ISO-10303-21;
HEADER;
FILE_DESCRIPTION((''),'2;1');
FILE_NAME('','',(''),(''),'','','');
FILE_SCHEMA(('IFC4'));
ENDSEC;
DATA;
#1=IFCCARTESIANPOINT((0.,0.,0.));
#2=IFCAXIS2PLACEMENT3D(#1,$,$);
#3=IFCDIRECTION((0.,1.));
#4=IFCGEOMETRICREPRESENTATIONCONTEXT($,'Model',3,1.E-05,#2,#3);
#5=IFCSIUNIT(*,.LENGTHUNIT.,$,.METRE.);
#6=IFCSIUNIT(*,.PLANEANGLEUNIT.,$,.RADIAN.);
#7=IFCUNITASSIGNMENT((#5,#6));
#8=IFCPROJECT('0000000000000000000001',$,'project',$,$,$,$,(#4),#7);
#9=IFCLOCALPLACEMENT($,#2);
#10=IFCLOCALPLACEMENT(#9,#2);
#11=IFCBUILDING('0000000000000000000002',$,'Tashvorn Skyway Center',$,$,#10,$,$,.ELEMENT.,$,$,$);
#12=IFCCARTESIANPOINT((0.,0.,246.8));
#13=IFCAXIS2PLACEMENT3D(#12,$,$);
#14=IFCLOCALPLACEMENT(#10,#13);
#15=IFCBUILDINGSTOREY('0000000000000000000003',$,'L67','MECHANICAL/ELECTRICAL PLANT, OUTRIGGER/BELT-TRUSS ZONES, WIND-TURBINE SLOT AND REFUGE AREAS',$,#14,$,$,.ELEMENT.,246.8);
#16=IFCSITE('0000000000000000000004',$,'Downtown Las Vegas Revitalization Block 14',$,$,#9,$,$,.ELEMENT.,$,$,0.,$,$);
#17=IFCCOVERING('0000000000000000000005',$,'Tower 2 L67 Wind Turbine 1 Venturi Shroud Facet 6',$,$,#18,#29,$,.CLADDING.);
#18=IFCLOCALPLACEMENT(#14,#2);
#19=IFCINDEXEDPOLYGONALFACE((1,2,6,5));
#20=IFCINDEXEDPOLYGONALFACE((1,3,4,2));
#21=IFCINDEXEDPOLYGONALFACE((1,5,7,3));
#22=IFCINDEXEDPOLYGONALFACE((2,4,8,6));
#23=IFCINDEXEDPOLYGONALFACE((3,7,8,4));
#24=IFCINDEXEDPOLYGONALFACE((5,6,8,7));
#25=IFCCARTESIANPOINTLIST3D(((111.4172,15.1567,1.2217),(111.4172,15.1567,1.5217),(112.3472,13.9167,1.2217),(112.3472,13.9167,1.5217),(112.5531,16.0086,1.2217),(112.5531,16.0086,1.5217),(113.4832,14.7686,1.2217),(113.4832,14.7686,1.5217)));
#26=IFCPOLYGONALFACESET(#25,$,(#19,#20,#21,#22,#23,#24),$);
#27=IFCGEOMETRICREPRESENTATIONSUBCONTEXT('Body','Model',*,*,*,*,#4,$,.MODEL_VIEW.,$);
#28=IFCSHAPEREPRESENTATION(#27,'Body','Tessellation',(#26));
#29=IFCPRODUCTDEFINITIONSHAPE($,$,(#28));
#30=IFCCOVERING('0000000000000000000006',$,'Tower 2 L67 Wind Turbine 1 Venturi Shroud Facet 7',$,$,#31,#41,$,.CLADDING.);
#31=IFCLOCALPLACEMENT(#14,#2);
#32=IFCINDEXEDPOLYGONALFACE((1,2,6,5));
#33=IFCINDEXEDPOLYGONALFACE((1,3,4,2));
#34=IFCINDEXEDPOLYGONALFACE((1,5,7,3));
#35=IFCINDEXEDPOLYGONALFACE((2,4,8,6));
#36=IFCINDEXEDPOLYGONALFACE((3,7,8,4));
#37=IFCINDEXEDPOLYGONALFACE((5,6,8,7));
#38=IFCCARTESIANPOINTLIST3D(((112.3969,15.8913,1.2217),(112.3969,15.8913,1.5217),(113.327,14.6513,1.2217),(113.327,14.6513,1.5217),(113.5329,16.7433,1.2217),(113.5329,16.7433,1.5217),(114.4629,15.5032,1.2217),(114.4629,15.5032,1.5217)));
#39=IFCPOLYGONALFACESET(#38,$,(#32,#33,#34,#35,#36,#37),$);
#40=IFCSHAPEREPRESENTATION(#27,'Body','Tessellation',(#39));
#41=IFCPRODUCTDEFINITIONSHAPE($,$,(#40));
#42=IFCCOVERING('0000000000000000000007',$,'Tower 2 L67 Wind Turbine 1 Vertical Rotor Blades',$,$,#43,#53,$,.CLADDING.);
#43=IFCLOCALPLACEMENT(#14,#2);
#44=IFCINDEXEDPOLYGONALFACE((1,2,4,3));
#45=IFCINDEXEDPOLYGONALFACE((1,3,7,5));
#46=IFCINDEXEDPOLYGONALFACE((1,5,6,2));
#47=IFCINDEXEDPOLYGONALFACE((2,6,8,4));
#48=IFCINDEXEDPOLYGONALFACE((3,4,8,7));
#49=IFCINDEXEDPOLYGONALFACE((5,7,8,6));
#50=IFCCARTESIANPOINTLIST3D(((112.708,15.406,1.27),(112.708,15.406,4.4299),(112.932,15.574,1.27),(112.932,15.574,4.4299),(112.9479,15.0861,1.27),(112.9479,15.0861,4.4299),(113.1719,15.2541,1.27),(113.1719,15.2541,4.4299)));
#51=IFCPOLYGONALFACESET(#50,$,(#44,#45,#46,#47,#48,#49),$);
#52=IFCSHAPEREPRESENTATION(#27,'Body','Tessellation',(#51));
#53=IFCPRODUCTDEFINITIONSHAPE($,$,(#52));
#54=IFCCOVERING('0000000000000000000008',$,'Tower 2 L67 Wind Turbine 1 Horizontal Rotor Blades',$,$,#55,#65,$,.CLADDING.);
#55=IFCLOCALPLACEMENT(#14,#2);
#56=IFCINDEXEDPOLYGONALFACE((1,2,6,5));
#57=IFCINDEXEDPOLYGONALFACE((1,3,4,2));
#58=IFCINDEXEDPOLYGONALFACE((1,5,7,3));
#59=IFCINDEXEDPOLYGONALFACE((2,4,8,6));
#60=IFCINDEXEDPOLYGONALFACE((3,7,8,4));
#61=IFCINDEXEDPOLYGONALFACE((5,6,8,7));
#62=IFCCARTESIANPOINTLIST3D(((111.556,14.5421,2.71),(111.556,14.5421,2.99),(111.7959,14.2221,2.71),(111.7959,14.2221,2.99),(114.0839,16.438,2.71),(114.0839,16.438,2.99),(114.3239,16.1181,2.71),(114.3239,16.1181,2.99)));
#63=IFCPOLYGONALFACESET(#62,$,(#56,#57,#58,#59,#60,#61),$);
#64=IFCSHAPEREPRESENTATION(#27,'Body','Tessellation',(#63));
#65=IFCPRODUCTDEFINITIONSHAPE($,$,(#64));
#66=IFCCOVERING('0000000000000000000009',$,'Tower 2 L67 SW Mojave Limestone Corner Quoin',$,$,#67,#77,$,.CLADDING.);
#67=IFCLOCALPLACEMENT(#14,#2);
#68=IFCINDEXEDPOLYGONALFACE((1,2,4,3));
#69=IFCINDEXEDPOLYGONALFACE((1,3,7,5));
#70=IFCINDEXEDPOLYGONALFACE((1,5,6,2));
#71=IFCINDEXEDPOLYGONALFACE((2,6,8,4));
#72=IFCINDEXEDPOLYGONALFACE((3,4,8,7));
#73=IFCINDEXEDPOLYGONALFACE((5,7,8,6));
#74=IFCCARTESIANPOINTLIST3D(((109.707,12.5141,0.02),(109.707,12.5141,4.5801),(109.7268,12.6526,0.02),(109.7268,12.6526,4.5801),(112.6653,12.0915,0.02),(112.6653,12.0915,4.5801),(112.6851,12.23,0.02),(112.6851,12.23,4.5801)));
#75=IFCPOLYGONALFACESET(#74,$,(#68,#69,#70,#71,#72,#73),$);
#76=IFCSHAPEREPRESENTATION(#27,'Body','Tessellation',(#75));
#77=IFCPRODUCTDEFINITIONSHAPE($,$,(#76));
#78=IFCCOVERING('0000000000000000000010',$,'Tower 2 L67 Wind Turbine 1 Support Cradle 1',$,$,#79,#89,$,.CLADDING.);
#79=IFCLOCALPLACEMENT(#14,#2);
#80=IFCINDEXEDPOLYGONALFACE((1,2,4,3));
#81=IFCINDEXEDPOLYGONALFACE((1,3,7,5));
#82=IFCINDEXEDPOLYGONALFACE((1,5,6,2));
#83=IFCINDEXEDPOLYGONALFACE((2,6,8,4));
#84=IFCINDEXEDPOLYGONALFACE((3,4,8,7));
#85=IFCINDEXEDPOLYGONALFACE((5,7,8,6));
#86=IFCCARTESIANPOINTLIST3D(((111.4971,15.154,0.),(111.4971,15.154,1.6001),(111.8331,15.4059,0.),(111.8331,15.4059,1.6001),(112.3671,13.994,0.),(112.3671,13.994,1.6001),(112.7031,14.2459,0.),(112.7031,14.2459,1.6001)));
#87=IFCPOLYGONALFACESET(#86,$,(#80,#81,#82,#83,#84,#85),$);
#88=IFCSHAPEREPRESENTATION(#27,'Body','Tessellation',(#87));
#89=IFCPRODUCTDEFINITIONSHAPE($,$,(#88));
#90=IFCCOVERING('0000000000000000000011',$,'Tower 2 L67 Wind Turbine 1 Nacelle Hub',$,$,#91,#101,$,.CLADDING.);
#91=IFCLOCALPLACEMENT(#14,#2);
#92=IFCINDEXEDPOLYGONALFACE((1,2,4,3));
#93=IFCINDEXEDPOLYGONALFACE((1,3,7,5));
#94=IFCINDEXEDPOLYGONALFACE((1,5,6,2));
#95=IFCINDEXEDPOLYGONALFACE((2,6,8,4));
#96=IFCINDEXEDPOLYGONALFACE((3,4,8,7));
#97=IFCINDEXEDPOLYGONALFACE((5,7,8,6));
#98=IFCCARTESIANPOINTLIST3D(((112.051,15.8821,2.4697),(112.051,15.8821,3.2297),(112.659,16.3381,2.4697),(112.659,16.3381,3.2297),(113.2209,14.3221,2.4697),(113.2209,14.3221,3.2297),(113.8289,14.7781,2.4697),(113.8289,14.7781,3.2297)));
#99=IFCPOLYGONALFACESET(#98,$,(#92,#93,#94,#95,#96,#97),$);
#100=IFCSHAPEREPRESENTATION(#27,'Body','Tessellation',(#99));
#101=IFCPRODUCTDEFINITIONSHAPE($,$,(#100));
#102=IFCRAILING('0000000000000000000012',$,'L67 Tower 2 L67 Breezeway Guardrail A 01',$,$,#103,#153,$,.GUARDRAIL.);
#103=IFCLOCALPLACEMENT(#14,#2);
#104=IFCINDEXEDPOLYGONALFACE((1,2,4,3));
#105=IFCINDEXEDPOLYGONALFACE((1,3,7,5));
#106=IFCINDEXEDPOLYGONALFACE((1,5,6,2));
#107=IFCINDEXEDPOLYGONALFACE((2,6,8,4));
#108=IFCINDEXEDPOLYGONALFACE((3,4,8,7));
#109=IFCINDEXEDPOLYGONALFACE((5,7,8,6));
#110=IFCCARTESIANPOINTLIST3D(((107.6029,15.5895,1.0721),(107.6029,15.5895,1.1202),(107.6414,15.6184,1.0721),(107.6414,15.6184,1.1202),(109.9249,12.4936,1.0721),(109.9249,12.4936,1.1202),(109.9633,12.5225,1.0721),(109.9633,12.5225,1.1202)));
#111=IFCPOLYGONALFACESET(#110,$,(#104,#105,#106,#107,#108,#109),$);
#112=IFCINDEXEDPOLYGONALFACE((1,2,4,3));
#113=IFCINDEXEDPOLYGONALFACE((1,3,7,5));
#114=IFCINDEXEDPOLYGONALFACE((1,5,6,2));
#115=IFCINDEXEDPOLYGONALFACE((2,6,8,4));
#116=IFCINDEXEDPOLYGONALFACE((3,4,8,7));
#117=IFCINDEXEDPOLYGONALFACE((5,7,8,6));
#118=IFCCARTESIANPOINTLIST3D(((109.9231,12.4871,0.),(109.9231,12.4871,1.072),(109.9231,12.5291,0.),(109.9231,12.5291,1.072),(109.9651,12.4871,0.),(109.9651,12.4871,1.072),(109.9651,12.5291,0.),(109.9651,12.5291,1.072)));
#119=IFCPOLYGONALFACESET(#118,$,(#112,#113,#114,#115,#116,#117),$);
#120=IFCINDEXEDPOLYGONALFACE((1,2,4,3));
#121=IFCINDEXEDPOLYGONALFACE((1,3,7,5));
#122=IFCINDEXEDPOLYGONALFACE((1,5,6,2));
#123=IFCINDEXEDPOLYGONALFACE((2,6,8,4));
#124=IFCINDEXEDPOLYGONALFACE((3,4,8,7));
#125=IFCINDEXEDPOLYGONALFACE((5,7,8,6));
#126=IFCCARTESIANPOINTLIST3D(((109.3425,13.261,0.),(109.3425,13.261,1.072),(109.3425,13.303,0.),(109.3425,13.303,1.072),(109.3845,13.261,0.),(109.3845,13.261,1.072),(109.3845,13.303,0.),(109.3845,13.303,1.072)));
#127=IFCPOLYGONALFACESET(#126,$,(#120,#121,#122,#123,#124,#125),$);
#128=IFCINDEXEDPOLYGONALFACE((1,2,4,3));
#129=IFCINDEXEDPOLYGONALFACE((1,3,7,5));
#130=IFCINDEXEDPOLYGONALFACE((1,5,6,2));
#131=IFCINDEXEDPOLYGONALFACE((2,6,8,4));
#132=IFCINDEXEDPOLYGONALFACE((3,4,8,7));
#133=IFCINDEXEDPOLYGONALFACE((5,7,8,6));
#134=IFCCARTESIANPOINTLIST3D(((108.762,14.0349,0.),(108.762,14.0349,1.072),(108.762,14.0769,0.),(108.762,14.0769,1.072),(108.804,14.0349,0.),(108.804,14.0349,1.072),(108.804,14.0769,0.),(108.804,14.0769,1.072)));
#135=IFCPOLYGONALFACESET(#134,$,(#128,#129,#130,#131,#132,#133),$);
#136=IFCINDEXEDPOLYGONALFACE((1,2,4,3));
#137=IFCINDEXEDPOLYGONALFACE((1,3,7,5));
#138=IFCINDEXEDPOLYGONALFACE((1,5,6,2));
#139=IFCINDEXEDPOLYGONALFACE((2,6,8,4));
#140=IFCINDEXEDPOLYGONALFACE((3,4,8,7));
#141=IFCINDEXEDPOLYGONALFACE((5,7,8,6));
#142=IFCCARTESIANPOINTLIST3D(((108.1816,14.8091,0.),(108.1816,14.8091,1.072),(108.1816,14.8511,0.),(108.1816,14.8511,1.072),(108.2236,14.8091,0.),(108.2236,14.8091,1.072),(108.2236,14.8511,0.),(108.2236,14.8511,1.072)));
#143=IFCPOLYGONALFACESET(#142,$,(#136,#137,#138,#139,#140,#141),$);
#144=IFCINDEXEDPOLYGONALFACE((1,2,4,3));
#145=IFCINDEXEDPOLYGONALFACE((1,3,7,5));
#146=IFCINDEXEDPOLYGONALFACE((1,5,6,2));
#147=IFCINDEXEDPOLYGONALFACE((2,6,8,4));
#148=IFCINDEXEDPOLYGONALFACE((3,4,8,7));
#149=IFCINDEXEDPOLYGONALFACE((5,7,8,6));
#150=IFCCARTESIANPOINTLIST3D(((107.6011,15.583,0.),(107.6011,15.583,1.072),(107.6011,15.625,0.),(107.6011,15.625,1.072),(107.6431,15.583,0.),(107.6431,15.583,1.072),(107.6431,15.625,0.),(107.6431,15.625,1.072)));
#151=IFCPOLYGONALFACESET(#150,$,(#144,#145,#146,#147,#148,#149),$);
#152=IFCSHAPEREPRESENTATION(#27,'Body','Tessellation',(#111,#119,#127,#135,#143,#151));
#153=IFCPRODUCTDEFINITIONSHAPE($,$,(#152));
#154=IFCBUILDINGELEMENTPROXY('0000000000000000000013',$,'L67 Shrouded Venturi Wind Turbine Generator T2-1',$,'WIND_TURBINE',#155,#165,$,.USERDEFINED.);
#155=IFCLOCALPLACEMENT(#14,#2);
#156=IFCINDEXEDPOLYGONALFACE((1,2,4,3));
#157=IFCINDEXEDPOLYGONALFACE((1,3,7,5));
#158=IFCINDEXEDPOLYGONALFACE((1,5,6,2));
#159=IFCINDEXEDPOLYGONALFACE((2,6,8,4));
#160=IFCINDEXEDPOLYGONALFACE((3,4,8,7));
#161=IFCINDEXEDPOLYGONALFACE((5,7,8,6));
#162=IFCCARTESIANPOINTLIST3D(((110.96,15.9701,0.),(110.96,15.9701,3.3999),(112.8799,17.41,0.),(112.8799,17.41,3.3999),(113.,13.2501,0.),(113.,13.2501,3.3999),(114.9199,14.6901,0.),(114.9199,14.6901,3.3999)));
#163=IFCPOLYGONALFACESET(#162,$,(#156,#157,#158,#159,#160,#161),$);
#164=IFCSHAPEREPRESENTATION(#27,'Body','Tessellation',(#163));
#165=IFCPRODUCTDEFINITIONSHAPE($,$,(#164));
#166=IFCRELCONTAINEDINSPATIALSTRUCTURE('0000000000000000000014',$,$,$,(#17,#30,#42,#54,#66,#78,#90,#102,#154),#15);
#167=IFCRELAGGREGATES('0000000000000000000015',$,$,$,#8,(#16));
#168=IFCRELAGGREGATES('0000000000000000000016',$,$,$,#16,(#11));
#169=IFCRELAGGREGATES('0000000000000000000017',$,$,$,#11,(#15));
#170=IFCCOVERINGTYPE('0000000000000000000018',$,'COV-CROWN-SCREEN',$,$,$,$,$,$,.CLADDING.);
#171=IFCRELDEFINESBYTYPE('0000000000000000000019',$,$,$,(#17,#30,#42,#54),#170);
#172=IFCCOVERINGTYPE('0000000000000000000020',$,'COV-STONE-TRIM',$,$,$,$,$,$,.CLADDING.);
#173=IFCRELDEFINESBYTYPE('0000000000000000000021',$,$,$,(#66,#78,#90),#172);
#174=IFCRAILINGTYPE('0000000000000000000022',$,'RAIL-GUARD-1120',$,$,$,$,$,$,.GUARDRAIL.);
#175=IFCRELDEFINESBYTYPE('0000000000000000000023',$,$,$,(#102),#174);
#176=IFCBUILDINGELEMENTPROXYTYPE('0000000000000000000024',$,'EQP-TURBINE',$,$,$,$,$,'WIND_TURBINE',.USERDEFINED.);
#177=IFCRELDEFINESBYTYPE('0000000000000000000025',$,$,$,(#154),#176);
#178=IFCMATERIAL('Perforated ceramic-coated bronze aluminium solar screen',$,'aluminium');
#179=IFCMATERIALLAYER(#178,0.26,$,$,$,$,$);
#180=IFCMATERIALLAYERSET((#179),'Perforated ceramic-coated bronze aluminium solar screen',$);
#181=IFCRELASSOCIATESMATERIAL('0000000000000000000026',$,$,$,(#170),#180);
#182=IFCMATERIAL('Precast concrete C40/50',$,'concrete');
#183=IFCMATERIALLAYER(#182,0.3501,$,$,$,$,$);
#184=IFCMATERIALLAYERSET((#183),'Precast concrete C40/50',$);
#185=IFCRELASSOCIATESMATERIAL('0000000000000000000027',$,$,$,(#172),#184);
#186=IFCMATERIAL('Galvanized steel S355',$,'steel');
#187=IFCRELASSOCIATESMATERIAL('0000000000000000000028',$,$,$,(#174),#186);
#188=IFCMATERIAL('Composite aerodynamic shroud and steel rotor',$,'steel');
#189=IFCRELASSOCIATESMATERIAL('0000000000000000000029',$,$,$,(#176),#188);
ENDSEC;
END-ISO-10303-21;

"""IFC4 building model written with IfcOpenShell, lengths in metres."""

from ifc_helpers import new_model, si_unit, direction, frame, origin, origin_2d, place, context, subcontext, project, spatial, rectangle, extrude, material, layer, layer_set, type_object, element, save


model = new_model("IFC4")

# Units and contexts
model_context = context("Model", 3, precision=1e-05, world=origin(), true_north=direction((0.0, 1.0)))
body_context = subcontext(model_context, "Body", "Model", "MODEL_VIEW")
ifc_project = project(units=[si_unit("LENGTHUNIT", "METRE"), si_unit("PLANEANGLEUNIT", "RADIAN")], contexts=[model_context])

# Site, building, storey
site_placement = place(None, origin())
site = spatial("IfcSite", under=ifc_project, at=site_placement, Name="Downtown Las Vegas Revitalization Block 14", CompositionType="ELEMENT", RefElevation=0.0)
building_placement = place(site_placement, origin())
building = spatial("IfcBuilding", under=site, at=building_placement, Name="Tashvorn Skyway Center", CompositionType="ELEMENT")
storey_placement = place(building_placement, frame((0.0, 0.0, 246.8)))
storey = spatial("IfcBuildingStorey", under=building, at=storey_placement, Name="L67", Description="MECHANICAL/ELECTRICAL PLANT, OUTRIGGER/BELT-TRUSS ZONES, WIND-TURBINE SLOT AND REFUGE AREAS", CompositionType="ELEMENT", Elevation=246.8)

# Shared definitions
ifc_material_1 = material(Name="Precast concrete C40/50", Category="concrete")

# Coverings
ifc_material_2 = material(Name="Perforated ceramic-coated bronze aluminium solar screen", Category="aluminium")
ifc_layer_1 = layer(ifc_material_2, 0.26)
ifc_layer_set_1 = layer_set([ifc_layer_1], Name="Perforated ceramic-coated bronze aluminium solar screen")
covering_type_1 = type_object("IfcCoveringType", Name="COV-CROWN-SCREEN", PredefinedType="CLADDING", material=ifc_layer_set_1)
for number, where, z_axis, x_axis, name in (
    (1, (112.4502, 14.9626, 1.2217), (0.0, 0.0, 1.0), (0.8, 0.6, 0.0), "Tower 2 L67 Wind Turbine 1 Venturi Shroud Facet 6"),
    (2, (113.4299, 15.6973, 1.2217), (0.0, 0.0, 1.0), (0.8, 0.6, 0.0), "Tower 2 L67 Wind Turbine 1 Venturi Shroud Facet 7"),
):
    element("IfcCovering", number, at=place(storey_placement, frame(where, z_axis=z_axis, x_axis=x_axis)), inside=storey, type_object=covering_type_1, Name=name, PredefinedType="CLADDING", context=body_context, shape_type="SweptSolid", body=[
        extrude(rectangle(XDim=1.4199, YDim=1.55, at=origin_2d()), origin(), (0.0, 0.0, 1.0), 0.3),
    ])
covering_1_placement = place(storey_placement, frame((112.9399, 15.3301, 1.27), z_axis=(0.0, 0.0, 1.0), x_axis=(0.8, 0.6, 0.0)))
element("IfcCovering", 3, at=covering_1_placement, inside=storey, type_object=covering_type_1, Name="Tower 2 L67 Wind Turbine 1 Vertical Rotor Blades", PredefinedType="CLADDING", context=body_context, shape_type="SweptSolid", body=[
    extrude(rectangle(XDim=0.28, YDim=0.3999, at=origin_2d()), origin(), (0.0, 0.0, 1.0), 3.1599),
])
covering_2_placement = place(storey_placement, frame((112.9399, 15.3301, 2.71), z_axis=(0.0, 0.0, 1.0), x_axis=(0.8, 0.6, 0.0)))
element("IfcCovering", 4, at=covering_2_placement, inside=storey, type_object=covering_type_1, Name="Tower 2 L67 Wind Turbine 1 Horizontal Rotor Blades", PredefinedType="CLADDING", context=body_context, shape_type="SweptSolid", body=[
    extrude(rectangle(XDim=3.1599, YDim=0.3999, at=origin_2d()), origin(), (0.0, 0.0, 1.0), 0.28),
])
ifc_layer_2 = layer(ifc_material_1, 0.3501)
ifc_layer_set_2 = layer_set([ifc_layer_2], Name="Precast concrete C40/50")
covering_type_2 = type_object("IfcCoveringType", Name="COV-STONE-TRIM", PredefinedType="CLADDING", material=ifc_layer_set_2)
covering_3_placement = place(storey_placement, frame((111.196, 12.3721, 0.02), z_axis=(0.0, 0.0, 1.0), x_axis=(-0.989949, 0.141421, 0.0)))
element("IfcCovering", 5, at=covering_3_placement, inside=storey, type_object=covering_type_2, Name="Tower 2 L67 SW Mojave Limestone Corner Quoin", PredefinedType="CLADDING", context=body_context, shape_type="SweptSolid", body=[
    extrude(rectangle(XDim=2.9883, YDim=0.1399, at=origin_2d()), origin(), (0.0, 0.0, 1.0), 4.5601),
])
covering_4_placement = place(storey_placement, frame((112.1001, 14.7, 0.0), z_axis=(0.0, 0.0, 1.0), x_axis=(0.8, 0.6, 0.0)))
element("IfcCovering", 6, at=covering_4_placement, inside=storey, type_object=covering_type_2, Name="Tower 2 L67 Wind Turbine 1 Support Cradle 1", PredefinedType="CLADDING", context=body_context, shape_type="SweptSolid", body=[
    extrude(rectangle(XDim=0.4199, YDim=1.45, at=origin_2d()), origin(), (0.0, 0.0, 1.0), 1.6001),
])
covering_5_placement = place(storey_placement, frame((112.9399, 15.3301, 2.4697), z_axis=(0.0, 0.0, 1.0), x_axis=(0.8, 0.6, 0.0)))
element("IfcCovering", 7, at=covering_5_placement, inside=storey, type_object=covering_type_2, Name="Tower 2 L67 Wind Turbine 1 Nacelle Hub", PredefinedType="CLADDING", context=body_context, shape_type="SweptSolid", body=[
    extrude(rectangle(XDim=0.76, YDim=1.95, at=origin_2d()), origin(), (0.0, 0.0, 1.0), 0.76),
])

# Railing
ifc_material_3 = material(Name="Galvanized steel S355", Category="steel")
railing_type = type_object("IfcRailingType", Name="RAIL-GUARD-1120", PredefinedType="GUARDRAIL", material=ifc_material_3)
railing_placement = place(storey_placement, frame((109.9441, 12.5081, 0.0)))
element("IfcRailing", 8, at=railing_placement, inside=storey, type_object=railing_type, Name="L67 Tower 2 L67 Breezeway Guardrail A 01", PredefinedType="GUARDRAIL", context=body_context, shape_type="SweptSolid", body=[
    extrude(rectangle(XDim=0.0481, YDim=0.0481, at=origin_2d()), frame((0.0, 0.0, 1.0962), z_axis=(-0.60001, 0.799992, 0.0), x_axis=(-0.799992, -0.60001, 0.0)), (0.0, 0.0, 1.0), 3.8699),
    extrude(rectangle(XDim=0.042, YDim=0.042, at=origin_2d()), origin(), (0.0, 0.0, 1.0), 1.072),
    extrude(rectangle(XDim=0.042, YDim=0.042, at=origin_2d()), frame((-0.5806, 0.7739, 0.0)), (0.0, 0.0, 1.0), 1.072),
    extrude(rectangle(XDim=0.042, YDim=0.042, at=origin_2d()), frame((-1.1611, 1.5479, 0.0)), (0.0, 0.0, 1.0), 1.072),
    extrude(rectangle(XDim=0.042, YDim=0.042, at=origin_2d()), frame((-1.7415, 2.322, 0.0)), (0.0, 0.0, 1.0), 1.072),
    extrude(rectangle(XDim=0.042, YDim=0.042, at=origin_2d()), frame((-2.322, 3.0959, 0.0)), (0.0, 0.0, 1.0), 1.072),
])

# Building element proxy
ifc_material_4 = material(Name="Composite aerodynamic shroud and steel rotor", Category="steel")
building_element_proxy_type = type_object("IfcBuildingElementProxyType", Name="EQP-TURBINE", ElementType="WIND_TURBINE", PredefinedType="USERDEFINED", material=ifc_material_4)
proxy_placement = place(storey_placement, frame((112.9399, 15.3301, 0.0), z_axis=(0.0, 0.0, 1.0), x_axis=(0.8, 0.6, 0.0)))
element("IfcBuildingElementProxy", 9, at=proxy_placement, inside=storey, type_object=building_element_proxy_type, Name="L67 Shrouded Venturi Wind Turbine Generator T2-1", ObjectType="WIND_TURBINE", PredefinedType="USERDEFINED", context=body_context, shape_type="SweptSolid", body=[
    extrude(rectangle(XDim=2.3999, YDim=3.3999, at=origin_2d()), origin(), (0.0, 0.0, 1.0), 3.3999),
])

save(model, "model.ifc")
